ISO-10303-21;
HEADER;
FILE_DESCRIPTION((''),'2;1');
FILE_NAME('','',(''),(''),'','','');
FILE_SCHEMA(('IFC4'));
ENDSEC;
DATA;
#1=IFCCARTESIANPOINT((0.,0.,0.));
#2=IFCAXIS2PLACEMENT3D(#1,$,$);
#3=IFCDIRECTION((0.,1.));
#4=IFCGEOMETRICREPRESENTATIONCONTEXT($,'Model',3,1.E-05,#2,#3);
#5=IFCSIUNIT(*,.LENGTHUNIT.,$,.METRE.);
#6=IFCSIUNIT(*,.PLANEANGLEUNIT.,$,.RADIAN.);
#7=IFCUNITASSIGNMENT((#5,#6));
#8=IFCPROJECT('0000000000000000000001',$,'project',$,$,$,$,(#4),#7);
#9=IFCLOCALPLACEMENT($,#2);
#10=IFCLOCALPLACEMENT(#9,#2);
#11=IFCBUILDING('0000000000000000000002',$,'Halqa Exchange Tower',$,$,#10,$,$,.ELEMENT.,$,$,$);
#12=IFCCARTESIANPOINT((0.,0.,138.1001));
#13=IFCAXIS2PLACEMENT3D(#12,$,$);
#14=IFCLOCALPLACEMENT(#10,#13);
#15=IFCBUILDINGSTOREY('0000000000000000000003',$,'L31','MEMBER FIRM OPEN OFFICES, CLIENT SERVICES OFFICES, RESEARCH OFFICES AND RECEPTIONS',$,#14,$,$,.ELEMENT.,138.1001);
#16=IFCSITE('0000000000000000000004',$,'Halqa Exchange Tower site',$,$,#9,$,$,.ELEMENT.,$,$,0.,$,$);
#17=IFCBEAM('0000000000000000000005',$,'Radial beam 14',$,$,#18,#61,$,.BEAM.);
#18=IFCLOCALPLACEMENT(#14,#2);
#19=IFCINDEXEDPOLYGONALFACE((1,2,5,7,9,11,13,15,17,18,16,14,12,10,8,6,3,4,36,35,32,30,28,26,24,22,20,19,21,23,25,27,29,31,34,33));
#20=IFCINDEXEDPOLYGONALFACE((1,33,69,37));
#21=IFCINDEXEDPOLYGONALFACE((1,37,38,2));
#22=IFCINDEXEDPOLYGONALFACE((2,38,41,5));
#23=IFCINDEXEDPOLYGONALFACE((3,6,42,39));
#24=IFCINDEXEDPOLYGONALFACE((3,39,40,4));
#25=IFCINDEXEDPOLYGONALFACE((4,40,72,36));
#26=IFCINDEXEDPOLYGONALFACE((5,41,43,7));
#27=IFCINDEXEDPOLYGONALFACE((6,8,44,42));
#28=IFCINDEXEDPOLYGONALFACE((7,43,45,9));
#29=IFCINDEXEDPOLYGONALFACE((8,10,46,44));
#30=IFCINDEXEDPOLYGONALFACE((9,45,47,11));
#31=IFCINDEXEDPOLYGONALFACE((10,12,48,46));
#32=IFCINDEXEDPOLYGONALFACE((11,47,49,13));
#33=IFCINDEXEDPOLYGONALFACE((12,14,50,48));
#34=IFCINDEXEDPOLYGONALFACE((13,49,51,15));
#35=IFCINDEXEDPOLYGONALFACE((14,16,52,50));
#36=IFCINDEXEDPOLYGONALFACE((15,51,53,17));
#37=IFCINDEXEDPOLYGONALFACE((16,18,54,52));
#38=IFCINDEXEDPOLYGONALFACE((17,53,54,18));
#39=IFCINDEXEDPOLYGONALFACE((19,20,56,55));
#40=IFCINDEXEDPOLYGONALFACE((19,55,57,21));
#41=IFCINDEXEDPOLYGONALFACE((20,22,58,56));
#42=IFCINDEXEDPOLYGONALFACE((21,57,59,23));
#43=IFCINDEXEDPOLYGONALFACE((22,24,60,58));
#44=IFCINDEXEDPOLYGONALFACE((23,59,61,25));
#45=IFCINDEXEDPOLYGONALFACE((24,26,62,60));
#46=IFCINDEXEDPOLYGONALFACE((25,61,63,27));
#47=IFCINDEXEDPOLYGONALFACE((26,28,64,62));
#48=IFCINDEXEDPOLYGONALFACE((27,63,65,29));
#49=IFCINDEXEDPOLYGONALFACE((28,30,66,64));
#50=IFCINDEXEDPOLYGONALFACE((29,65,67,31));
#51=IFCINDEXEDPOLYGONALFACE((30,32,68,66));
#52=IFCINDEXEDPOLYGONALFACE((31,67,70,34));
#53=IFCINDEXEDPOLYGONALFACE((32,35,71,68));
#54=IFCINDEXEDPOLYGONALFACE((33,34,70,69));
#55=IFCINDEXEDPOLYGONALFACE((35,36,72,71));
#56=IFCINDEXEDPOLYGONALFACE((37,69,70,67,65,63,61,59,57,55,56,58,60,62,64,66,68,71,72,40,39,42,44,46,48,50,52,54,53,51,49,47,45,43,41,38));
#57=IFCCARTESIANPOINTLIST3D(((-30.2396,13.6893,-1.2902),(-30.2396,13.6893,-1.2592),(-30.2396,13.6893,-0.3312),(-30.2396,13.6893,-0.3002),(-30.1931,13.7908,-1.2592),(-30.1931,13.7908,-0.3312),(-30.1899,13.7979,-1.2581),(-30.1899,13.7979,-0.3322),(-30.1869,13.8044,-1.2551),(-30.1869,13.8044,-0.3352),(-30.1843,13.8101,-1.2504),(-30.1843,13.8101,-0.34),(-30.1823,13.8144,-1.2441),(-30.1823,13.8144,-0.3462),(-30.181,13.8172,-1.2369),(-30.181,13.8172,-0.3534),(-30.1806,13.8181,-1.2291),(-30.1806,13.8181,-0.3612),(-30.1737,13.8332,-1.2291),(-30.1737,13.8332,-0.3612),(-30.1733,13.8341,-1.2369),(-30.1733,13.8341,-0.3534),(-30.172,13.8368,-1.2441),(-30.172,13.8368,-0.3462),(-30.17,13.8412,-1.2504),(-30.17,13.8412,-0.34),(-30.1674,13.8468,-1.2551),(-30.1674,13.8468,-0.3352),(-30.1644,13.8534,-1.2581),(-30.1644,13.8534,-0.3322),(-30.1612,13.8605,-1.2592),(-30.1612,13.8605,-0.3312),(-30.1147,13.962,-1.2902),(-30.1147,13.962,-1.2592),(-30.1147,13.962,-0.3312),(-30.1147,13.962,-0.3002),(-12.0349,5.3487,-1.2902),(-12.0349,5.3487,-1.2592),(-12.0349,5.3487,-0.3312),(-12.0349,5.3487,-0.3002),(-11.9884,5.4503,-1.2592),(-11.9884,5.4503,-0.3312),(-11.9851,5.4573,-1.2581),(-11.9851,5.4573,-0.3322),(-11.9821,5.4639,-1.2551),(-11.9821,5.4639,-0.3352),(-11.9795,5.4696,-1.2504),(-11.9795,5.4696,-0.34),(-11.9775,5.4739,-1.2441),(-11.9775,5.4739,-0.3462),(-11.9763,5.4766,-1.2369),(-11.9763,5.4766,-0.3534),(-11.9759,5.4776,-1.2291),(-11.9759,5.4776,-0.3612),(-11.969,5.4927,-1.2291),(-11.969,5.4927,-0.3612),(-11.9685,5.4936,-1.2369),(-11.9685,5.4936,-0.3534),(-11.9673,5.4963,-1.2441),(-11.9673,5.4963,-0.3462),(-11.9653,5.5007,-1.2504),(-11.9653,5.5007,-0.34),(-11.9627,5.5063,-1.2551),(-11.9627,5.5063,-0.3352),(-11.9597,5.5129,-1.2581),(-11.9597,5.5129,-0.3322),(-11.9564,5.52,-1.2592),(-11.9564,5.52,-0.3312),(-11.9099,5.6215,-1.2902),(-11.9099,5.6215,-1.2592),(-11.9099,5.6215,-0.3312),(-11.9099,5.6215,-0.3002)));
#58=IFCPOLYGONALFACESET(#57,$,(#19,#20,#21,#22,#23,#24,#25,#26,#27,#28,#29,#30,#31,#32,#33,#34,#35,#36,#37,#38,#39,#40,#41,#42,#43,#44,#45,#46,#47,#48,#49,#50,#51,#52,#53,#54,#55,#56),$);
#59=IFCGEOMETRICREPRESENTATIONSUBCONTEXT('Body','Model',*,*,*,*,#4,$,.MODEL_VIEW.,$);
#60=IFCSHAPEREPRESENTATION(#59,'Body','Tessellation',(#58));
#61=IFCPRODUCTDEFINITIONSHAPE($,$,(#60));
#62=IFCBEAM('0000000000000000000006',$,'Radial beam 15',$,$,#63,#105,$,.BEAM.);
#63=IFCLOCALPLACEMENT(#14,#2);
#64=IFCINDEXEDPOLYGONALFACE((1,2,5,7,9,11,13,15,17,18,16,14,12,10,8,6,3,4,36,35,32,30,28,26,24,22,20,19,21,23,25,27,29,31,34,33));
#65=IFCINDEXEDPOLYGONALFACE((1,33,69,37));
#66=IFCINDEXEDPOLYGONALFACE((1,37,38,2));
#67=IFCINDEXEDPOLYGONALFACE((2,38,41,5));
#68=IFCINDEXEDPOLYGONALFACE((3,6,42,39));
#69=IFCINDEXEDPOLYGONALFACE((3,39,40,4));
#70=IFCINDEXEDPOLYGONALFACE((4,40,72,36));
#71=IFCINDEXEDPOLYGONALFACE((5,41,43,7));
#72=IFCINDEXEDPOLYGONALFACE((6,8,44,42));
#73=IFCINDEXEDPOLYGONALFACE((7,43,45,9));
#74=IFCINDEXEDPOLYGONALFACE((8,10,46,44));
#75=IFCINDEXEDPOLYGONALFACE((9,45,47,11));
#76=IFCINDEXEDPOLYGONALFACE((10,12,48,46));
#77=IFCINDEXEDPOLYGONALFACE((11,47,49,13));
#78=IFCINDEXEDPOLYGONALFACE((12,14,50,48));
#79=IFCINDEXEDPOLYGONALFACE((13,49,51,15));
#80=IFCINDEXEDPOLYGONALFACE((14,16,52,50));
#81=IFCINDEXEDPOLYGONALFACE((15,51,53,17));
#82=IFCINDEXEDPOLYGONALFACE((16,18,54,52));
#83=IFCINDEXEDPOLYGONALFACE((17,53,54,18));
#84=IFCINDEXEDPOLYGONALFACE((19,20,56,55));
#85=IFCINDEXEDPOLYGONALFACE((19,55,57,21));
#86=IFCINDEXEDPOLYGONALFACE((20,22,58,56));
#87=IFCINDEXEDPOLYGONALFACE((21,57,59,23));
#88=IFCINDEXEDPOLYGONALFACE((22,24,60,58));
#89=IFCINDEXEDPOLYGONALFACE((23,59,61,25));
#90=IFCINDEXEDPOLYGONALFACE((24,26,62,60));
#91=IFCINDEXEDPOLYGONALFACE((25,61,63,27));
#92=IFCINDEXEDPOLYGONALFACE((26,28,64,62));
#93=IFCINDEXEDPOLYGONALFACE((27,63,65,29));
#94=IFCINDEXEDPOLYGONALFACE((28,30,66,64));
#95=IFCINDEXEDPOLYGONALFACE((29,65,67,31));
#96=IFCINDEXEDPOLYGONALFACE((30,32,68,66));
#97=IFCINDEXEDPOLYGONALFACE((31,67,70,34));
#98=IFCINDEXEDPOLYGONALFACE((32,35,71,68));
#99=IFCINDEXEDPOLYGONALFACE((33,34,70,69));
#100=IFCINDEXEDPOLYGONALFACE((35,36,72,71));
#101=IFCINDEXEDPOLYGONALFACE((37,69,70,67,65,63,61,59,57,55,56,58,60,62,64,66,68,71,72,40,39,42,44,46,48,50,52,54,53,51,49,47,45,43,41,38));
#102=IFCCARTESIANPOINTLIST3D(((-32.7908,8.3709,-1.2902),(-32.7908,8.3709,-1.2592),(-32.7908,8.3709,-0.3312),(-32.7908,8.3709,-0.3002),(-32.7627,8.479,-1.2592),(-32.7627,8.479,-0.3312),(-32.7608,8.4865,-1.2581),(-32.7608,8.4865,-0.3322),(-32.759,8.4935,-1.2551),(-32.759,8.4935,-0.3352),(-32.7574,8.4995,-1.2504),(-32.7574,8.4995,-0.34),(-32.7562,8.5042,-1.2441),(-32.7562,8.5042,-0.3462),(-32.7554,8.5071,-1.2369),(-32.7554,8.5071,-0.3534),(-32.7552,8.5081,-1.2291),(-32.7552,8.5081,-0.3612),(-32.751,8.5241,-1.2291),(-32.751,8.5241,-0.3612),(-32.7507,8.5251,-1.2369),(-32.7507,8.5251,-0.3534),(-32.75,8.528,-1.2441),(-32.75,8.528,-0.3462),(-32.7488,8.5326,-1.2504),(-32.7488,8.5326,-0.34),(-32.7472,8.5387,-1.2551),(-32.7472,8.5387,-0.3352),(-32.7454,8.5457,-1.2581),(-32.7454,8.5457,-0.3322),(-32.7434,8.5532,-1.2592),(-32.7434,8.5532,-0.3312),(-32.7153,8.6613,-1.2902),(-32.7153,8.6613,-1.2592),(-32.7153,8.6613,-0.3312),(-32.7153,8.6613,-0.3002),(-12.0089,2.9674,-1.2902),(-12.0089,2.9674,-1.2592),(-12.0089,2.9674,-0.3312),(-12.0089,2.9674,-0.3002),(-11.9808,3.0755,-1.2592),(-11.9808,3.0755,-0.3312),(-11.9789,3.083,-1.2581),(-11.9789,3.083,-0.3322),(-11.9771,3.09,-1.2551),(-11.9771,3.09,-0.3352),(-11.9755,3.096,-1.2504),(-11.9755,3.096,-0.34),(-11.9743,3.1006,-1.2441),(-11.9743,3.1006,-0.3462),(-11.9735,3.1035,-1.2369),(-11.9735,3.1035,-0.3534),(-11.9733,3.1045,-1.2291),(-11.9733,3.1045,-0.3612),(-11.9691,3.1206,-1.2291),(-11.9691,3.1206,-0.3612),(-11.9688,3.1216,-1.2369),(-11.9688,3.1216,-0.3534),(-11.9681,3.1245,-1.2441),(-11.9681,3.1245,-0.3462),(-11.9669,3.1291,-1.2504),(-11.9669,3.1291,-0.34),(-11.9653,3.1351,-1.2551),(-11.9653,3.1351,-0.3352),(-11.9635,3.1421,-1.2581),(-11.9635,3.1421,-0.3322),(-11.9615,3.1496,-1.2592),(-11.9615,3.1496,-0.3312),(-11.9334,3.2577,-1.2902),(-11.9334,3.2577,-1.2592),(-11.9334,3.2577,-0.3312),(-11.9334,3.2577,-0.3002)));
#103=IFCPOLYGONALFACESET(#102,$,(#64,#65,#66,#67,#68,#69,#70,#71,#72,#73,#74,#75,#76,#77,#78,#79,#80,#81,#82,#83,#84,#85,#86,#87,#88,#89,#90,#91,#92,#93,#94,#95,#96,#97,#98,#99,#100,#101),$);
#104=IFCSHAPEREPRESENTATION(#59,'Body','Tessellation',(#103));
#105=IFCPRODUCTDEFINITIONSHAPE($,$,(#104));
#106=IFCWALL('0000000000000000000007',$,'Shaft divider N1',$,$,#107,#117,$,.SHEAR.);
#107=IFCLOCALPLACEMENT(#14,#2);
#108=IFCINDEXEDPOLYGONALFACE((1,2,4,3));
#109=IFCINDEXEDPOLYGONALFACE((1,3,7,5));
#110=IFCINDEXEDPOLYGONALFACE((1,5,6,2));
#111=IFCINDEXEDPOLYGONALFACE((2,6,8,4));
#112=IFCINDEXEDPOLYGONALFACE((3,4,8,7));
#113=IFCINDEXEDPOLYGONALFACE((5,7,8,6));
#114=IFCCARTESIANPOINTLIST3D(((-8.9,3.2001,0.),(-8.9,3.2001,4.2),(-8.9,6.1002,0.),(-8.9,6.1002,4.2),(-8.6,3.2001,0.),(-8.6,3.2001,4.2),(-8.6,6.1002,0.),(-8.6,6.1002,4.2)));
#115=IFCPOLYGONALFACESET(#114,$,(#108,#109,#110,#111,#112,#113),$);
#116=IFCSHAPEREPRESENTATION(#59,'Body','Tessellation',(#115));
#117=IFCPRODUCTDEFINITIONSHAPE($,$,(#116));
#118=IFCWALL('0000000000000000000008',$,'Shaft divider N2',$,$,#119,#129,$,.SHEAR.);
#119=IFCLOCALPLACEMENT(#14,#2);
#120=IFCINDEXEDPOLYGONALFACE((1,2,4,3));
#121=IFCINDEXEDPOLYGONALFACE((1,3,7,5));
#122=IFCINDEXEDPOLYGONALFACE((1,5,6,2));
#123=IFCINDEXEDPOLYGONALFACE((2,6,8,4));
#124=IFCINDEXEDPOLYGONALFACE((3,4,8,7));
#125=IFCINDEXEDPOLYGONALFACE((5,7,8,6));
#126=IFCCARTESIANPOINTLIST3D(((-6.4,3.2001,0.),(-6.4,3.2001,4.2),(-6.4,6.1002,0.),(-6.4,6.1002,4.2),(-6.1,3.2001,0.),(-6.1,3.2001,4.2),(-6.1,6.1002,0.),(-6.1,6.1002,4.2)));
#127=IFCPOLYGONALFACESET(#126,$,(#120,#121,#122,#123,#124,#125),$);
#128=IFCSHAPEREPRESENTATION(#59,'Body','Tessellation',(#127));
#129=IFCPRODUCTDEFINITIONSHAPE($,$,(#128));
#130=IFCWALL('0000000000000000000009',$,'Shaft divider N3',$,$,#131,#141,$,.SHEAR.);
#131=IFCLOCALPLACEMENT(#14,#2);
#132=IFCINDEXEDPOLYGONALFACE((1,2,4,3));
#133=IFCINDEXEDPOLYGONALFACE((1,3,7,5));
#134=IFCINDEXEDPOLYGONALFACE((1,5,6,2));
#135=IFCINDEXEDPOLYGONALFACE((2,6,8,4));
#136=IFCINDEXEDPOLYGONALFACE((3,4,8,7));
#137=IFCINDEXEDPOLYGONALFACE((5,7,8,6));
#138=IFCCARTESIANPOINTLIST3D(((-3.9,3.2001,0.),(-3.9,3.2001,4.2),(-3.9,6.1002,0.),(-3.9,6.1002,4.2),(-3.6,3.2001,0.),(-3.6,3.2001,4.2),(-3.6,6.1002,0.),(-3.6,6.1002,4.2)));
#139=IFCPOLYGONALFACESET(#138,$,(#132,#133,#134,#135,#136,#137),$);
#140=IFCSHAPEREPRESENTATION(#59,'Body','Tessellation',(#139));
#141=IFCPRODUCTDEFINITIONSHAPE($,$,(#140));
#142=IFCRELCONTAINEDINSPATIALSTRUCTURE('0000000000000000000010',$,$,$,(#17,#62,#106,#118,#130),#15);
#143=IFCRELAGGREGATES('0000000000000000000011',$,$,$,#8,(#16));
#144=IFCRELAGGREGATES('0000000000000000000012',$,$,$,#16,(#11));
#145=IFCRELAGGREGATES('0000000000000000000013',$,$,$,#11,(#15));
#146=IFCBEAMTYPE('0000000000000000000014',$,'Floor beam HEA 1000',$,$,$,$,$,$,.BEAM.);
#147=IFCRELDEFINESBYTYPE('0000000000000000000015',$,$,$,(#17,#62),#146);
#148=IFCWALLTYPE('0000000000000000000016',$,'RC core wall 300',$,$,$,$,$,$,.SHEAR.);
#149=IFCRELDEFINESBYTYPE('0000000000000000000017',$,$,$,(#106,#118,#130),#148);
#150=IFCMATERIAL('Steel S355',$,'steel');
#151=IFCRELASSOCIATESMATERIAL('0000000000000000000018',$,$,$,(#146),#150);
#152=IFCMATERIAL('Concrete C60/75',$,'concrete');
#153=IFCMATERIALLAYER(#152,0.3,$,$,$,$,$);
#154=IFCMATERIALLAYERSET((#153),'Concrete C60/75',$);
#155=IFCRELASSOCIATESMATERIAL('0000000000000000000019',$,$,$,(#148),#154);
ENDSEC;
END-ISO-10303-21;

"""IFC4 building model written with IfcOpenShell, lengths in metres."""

from ifc_helpers import new_model, si_unit, direction, frame, frame_2d, origin, origin_2d, place, context, subcontext, project, spatial, rectangle, i_section, extrude, material, layer, layer_set, material_profile, profile_set, type_object, element, save


model = new_model("IFC4")

# Units and contexts
model_context = context("Model", 3, precision=1e-05, world=origin(), true_north=direction((0.0, 1.0)))
body_context = subcontext(model_context, "Body", "Model", "MODEL_VIEW")
ifc_project = project(units=[si_unit("LENGTHUNIT", "METRE"), si_unit("PLANEANGLEUNIT", "RADIAN")], contexts=[model_context])

# Site, building, storey
site_placement = place(None, origin())
site = spatial("IfcSite", under=ifc_project, at=site_placement, Name="Halqa Exchange Tower site", CompositionType="ELEMENT", RefElevation=0.0)
building_placement = place(site_placement, origin())
building = spatial("IfcBuilding", under=site, at=building_placement, Name="Halqa Exchange Tower", CompositionType="ELEMENT")
storey_placement = place(building_placement, frame((0.0, 0.0, 138.1001)))
storey = spatial("IfcBuildingStorey", under=building, at=storey_placement, Name="L31", Description="MEMBER FIRM OPEN OFFICES, CLIENT SERVICES OFFICES, RESEARCH OFFICES AND RECEPTIONS", CompositionType="ELEMENT", Elevation=138.1001)

# Beams
ifc_material_1 = material(Name="Steel S355", Category="steel")
ifc_material_profile = material_profile(ifc_material_1, i_section(OverallWidth=0.3, OverallDepth=0.99, WebThickness=0.0166, FlangeThickness=0.031, FilletRadius=0.03, at=origin_2d()), Name="HEA 1000")
ifc_profile_set = profile_set([ifc_material_profile], Name="Steel S355")
beam_type = type_object("IfcBeamType", Name="Floor beam HEA 1000", PredefinedType="BEAM", material=ifc_profile_set)
beam_1_placement = place(storey_placement, frame((-11.9724, 5.4851, -0.7952), z_axis=(-0.909127, 0.416518, 0.0), x_axis=(-0.416518, -0.909127, 0.0)))
element("IfcBeam", 1, at=beam_1_placement, inside=storey, type_object=beam_type, Name="Radial beam 14", PredefinedType="BEAM", context=body_context, shape_type="SweptSolid", body=[
    extrude(i_section(OverallWidth=0.3, OverallDepth=0.99, WebThickness=0.0166, FlangeThickness=0.031, FilletRadius=0.03, at=origin_2d()), origin(), (0.0, 0.0, 1.0), 20.0244),
])
beam_2_placement = place(storey_placement, frame((-11.9712, 3.1125, -0.7952), z_axis=(-0.96782, 0.251645, 0.0), x_axis=(-0.251645, -0.96782, 0.0)))
element("IfcBeam", 2, at=beam_2_placement, inside=storey, type_object=beam_type, Name="Radial beam 15", PredefinedType="BEAM", context=body_context, shape_type="SweptSolid", body=[
    extrude(i_section(OverallWidth=0.3, OverallDepth=0.99, WebThickness=0.0166, FlangeThickness=0.031, FilletRadius=0.03, at=origin_2d()), origin(), (0.0, 0.0, 1.0), 21.4729),
])

# Walls
ifc_material_2 = material(Name="Concrete C60/75", Category="concrete")
ifc_layer_1 = layer(ifc_material_2, 0.3)
ifc_layer_set_1 = layer_set([ifc_layer_1], Name="Concrete C60/75")
wall_type_1 = type_object("IfcWallType", Name="RC core wall 300", PredefinedType="SHEAR", material=ifc_layer_set_1)
for number, where, z_axis, x_axis, name in (
    (3, (-8.75, 3.2, 0.0), (0.0, 0.0, 1.0), (0.0, 1.0, 0.0), "Shaft divider N1"),
    (4, (-6.25, 3.2, 0.0), (0.0, 0.0, 1.0), (0.0, 1.0, 0.0), "Shaft divider N2"),
    (5, (-3.75, 3.2, 0.0), (0.0, 0.0, 1.0), (0.0, 1.0, 0.0), "Shaft divider N3"),
):
    element("IfcWall", number, at=place(storey_placement, frame(where, z_axis=z_axis, x_axis=x_axis)), inside=storey, type_object=wall_type_1, Name=name, PredefinedType="SHEAR", context=body_context, shape_type="SweptSolid", body=[
        extrude(rectangle(XDim=2.9001, YDim=0.3, at=frame_2d((1.4502, 0.0))), origin(), (0.0, 0.0, 1.0), 4.2),
    ])

save(model, "model.ifc")
